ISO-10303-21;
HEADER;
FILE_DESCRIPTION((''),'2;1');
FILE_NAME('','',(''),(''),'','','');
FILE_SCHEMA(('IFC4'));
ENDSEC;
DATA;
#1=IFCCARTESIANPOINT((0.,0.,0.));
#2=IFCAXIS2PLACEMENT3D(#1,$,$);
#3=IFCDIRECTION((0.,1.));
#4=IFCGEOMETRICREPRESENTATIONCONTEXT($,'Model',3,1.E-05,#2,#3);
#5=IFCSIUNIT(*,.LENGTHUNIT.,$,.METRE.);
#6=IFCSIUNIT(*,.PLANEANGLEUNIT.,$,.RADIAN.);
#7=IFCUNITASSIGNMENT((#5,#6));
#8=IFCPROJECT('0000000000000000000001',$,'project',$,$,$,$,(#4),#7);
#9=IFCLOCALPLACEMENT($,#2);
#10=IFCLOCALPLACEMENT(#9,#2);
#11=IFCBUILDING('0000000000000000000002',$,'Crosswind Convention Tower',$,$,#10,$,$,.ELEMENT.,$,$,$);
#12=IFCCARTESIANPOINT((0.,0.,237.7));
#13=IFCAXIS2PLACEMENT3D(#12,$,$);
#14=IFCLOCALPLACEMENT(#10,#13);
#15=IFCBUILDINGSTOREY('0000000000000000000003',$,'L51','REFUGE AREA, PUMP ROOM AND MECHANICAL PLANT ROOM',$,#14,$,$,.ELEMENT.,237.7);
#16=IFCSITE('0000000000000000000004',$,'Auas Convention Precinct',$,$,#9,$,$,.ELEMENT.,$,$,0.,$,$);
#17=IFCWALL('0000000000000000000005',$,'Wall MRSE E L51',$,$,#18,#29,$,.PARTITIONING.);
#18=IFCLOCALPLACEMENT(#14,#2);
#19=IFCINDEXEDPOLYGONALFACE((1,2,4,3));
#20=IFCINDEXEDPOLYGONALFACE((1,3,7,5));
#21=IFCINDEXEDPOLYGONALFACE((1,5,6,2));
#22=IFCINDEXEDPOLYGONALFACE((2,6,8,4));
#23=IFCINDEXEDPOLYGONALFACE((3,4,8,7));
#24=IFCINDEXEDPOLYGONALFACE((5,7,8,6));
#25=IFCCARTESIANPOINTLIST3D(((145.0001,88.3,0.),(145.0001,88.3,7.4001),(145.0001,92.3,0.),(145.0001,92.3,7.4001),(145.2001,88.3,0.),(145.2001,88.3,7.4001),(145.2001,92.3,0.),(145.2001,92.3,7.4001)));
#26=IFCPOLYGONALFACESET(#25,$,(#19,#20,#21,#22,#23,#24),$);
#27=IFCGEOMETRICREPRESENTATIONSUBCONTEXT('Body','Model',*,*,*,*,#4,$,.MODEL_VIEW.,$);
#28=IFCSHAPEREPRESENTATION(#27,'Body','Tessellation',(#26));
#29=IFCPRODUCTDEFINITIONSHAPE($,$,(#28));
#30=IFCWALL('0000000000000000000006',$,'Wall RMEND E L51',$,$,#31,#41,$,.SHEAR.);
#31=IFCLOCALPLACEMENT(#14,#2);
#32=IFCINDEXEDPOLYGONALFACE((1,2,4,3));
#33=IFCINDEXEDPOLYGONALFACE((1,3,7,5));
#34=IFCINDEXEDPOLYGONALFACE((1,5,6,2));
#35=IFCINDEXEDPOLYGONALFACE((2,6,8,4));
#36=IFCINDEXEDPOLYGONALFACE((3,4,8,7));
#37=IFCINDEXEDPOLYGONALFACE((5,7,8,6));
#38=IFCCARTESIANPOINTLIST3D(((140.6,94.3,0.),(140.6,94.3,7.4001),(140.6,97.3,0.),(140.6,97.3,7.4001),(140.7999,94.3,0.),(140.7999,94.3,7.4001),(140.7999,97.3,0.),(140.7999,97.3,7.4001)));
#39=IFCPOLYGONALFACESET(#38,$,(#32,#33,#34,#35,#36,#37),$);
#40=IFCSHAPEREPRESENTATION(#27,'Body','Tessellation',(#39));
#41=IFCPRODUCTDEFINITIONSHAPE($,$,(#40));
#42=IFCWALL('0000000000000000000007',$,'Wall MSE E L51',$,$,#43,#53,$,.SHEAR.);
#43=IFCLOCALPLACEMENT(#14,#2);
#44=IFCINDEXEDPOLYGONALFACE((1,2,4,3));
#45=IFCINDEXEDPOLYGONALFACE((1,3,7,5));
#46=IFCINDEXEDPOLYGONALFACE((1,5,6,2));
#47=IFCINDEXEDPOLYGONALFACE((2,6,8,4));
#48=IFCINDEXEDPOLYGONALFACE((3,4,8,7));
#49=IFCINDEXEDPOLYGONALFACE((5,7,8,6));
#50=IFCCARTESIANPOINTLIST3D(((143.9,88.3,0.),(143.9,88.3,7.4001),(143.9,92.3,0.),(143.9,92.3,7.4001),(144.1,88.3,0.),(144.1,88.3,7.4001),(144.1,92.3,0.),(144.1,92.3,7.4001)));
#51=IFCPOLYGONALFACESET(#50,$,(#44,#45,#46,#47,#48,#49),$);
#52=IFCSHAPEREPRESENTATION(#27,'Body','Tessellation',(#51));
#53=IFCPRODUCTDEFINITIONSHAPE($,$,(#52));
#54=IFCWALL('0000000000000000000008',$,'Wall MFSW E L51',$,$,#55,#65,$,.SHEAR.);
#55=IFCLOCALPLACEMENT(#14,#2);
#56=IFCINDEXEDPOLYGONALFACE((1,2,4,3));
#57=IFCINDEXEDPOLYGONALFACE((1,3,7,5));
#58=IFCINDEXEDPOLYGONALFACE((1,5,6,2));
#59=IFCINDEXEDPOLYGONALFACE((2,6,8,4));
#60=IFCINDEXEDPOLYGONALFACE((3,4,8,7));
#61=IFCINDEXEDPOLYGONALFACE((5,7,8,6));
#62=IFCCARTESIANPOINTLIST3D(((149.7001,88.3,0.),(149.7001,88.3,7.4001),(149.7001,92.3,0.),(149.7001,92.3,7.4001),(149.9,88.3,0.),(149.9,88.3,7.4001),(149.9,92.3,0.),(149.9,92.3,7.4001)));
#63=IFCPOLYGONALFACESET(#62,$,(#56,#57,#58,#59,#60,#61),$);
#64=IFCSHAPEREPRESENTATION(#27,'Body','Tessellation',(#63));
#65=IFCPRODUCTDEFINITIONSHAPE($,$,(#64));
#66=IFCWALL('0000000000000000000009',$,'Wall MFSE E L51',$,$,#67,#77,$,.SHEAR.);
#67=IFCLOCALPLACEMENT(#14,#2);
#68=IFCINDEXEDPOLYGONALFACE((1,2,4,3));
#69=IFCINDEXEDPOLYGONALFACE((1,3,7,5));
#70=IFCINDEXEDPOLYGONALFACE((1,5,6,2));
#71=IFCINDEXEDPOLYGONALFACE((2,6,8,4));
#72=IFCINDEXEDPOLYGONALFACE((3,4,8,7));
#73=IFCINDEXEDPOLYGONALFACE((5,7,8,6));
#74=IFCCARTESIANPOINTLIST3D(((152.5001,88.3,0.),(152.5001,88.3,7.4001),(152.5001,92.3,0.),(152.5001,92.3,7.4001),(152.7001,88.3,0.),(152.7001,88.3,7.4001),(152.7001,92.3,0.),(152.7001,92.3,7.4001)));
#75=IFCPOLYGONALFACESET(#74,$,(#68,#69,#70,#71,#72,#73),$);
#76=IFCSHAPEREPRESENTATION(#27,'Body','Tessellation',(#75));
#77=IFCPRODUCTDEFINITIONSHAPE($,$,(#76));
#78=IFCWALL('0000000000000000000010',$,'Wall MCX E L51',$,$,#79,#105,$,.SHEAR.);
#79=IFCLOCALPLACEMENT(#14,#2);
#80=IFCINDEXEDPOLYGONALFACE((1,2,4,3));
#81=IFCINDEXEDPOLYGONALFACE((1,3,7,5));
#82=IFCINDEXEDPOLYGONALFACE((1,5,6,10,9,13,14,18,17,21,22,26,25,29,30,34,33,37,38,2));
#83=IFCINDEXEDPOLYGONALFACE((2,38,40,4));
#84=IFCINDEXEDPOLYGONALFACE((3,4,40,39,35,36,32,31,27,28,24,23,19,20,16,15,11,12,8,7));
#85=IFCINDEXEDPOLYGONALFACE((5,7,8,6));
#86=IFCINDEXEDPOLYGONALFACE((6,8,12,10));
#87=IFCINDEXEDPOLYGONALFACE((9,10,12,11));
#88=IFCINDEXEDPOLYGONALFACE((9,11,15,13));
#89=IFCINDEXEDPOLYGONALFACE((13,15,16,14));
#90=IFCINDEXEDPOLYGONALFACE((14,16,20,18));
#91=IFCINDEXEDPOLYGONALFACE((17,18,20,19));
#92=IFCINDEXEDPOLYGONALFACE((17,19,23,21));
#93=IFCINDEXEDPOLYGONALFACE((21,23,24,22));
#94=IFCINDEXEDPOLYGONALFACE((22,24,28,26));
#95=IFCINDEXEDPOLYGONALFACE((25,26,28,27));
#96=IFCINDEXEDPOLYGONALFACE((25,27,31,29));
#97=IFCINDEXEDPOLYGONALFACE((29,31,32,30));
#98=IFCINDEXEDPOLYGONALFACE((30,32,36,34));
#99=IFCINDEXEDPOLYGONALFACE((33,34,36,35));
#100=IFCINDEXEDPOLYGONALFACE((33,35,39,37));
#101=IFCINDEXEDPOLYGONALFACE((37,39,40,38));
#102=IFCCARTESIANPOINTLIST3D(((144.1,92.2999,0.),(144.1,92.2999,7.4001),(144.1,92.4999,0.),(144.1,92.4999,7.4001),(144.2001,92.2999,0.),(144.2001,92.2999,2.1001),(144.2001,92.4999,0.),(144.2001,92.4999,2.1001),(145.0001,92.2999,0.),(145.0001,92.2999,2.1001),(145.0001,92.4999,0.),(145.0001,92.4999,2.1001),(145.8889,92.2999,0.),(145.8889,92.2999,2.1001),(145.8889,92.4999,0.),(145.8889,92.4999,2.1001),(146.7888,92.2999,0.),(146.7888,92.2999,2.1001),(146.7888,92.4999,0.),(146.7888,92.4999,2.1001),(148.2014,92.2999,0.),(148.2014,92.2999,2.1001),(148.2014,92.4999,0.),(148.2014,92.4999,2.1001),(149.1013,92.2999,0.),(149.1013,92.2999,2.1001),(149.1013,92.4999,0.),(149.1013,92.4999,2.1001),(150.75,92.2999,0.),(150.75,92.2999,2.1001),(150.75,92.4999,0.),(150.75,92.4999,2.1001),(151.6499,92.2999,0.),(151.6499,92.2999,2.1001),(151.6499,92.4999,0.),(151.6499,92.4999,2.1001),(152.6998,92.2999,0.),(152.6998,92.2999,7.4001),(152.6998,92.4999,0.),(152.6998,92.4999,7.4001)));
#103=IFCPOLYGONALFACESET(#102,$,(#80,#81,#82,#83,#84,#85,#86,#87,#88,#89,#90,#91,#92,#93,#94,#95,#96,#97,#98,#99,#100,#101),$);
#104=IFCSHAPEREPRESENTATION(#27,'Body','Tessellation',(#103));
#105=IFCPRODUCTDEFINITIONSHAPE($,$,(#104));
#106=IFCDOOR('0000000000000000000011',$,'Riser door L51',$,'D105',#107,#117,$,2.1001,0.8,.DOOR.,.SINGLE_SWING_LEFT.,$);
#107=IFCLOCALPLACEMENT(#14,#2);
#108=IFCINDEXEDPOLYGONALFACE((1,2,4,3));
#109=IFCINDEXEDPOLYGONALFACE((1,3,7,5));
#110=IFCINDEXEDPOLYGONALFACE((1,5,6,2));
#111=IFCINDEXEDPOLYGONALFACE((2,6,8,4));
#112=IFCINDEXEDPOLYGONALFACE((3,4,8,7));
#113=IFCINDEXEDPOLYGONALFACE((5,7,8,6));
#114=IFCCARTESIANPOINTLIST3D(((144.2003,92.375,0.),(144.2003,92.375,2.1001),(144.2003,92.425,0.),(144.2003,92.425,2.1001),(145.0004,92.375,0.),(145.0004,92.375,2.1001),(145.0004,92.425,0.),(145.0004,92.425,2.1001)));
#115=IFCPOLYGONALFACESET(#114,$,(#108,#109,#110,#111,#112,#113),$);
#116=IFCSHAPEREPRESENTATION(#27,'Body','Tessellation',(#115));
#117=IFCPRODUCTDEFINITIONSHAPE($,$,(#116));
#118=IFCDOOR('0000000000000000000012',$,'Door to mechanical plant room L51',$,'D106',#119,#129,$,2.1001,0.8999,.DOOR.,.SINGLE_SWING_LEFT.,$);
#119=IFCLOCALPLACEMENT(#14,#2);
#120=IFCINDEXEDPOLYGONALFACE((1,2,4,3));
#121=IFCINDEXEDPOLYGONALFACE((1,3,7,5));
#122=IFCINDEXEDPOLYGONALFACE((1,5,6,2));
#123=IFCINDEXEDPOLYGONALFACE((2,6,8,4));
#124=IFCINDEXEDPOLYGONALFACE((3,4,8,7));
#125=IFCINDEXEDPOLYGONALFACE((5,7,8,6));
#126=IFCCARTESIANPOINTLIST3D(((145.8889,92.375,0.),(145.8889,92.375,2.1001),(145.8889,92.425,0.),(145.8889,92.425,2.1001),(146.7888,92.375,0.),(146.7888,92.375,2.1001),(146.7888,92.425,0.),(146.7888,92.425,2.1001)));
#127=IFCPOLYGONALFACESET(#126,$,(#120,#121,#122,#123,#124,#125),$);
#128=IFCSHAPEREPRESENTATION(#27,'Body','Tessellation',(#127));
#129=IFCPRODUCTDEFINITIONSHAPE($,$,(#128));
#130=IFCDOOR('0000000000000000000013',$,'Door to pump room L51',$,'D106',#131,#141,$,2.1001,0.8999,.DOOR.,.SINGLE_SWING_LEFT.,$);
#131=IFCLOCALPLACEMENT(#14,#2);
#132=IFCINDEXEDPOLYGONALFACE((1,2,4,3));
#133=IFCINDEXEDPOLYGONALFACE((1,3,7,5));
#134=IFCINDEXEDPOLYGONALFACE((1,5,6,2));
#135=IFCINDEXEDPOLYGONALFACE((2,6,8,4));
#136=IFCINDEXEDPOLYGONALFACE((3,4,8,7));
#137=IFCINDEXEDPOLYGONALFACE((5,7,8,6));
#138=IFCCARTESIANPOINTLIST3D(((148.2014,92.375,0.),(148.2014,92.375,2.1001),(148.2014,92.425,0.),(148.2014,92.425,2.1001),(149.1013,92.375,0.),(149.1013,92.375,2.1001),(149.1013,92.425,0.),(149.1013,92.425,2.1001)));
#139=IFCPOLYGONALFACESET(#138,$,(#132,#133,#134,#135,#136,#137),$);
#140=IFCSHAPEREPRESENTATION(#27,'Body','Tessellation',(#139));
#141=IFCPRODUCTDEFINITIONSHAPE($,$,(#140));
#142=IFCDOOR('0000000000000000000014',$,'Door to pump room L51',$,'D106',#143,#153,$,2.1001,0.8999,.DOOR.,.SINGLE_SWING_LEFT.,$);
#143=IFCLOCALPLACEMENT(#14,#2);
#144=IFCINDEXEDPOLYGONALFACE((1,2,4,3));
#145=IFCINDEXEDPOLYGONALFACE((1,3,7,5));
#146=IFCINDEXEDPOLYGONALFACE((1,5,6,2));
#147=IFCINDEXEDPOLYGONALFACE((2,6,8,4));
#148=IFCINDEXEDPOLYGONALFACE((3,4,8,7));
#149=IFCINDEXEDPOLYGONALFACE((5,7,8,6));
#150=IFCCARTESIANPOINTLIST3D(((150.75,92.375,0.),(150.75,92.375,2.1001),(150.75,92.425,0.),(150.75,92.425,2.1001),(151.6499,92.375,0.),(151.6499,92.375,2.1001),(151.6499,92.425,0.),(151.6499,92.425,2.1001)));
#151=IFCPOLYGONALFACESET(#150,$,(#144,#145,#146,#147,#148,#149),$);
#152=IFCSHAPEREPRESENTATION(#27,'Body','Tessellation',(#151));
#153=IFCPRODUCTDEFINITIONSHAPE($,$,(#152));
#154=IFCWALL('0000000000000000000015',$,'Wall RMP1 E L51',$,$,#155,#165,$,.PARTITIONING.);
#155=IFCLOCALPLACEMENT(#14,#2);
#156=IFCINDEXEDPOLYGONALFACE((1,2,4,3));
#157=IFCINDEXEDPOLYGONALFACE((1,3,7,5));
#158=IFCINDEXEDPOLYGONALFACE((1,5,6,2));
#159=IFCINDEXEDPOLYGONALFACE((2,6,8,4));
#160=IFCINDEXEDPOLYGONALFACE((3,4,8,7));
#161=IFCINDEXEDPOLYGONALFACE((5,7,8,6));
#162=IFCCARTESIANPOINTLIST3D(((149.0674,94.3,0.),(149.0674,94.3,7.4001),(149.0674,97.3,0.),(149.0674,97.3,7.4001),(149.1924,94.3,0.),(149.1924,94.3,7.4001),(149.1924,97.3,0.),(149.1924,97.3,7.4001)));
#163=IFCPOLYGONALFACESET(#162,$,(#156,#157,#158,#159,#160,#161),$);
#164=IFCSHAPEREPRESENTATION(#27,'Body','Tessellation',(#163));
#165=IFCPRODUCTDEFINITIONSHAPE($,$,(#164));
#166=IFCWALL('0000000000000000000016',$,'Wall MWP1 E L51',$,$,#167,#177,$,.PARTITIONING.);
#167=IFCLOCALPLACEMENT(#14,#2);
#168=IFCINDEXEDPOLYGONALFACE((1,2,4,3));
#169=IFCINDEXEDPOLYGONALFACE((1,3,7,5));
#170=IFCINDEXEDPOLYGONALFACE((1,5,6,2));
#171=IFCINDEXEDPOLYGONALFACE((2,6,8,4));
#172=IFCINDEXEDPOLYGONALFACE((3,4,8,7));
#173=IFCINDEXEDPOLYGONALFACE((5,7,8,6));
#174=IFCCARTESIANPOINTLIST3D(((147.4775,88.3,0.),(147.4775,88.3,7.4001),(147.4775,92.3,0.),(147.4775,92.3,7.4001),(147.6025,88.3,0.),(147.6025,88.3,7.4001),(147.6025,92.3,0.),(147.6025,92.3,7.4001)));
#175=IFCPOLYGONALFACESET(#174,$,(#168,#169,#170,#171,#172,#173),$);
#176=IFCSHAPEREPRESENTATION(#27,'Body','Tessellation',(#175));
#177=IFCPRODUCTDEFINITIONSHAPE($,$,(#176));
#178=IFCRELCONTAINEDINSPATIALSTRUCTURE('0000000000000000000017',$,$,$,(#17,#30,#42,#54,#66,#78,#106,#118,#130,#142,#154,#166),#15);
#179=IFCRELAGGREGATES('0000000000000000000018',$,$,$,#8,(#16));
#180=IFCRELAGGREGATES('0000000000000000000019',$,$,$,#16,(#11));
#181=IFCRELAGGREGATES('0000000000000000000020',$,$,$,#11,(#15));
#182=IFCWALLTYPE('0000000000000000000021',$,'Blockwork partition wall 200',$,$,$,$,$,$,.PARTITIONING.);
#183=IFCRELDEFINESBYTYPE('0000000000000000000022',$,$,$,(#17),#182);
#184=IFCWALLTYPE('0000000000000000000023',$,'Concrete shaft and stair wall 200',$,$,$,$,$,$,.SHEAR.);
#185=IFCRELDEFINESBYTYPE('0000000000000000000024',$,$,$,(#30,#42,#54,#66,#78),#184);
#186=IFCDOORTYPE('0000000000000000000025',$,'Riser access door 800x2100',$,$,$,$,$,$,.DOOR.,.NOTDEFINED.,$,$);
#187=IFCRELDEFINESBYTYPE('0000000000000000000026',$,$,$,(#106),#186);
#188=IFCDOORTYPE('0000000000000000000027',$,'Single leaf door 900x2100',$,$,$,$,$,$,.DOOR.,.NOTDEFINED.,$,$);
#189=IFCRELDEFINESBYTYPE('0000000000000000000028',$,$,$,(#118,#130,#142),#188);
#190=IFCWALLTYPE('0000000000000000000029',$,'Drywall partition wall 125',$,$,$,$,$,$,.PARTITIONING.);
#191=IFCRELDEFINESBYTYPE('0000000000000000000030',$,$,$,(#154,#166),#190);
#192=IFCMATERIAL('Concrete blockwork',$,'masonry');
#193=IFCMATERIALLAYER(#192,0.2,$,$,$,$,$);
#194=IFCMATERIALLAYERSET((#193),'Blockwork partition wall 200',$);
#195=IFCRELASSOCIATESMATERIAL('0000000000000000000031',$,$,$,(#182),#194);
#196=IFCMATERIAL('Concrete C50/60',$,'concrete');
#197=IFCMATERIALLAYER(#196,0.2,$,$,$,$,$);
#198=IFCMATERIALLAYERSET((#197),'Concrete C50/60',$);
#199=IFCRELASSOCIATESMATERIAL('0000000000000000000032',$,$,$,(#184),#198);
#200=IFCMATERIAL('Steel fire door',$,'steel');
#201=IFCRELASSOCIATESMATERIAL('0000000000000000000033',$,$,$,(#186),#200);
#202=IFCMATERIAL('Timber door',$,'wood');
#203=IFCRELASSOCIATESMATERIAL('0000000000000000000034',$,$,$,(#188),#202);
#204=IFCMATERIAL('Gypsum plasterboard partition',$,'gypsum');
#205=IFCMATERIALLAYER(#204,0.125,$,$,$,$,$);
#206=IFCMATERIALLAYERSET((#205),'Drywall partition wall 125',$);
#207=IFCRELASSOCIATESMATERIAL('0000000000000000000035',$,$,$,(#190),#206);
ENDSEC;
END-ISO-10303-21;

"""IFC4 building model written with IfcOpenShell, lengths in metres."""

from ifc_helpers import new_model, si_unit, direction, frame, frame_2d, origin, place, context, subcontext, project, spatial, rectangle, extrude, material, layer, layer_set, type_object, element, fill, save


model = new_model("IFC4")

# Units and contexts
model_context = context("Model", 3, precision=1e-05, world=origin(), true_north=direction((0.0, 1.0)))
body_context = subcontext(model_context, "Body", "Model", "MODEL_VIEW")
ifc_project = project(units=[si_unit("LENGTHUNIT", "METRE"), si_unit("PLANEANGLEUNIT", "RADIAN")], contexts=[model_context])

# Site, building, storey
site_placement = place(None, origin())
site = spatial("IfcSite", under=ifc_project, at=site_placement, Name="Auas Convention Precinct", CompositionType="ELEMENT", RefElevation=0.0)
building_placement = place(site_placement, origin())
building = spatial("IfcBuilding", under=site, at=building_placement, Name="Crosswind Convention Tower", CompositionType="ELEMENT")
storey_placement = place(building_placement, frame((0.0, 0.0, 237.7)))
storey = spatial("IfcBuildingStorey", under=building, at=storey_placement, Name="L51", Description="REFUGE AREA, PUMP ROOM AND MECHANICAL PLANT ROOM", CompositionType="ELEMENT", Elevation=237.7)

# Walls
ifc_material_1 = material(Name="Concrete blockwork", Category="masonry")
ifc_layer_1 = layer(ifc_material_1, 0.2)
ifc_layer_set_1 = layer_set([ifc_layer_1], Name="Blockwork partition wall 200")
wall_type_1 = type_object("IfcWallType", Name="Blockwork partition wall 200", PredefinedType="PARTITIONING", material=ifc_layer_set_1)
wall_1_placement = place(storey_placement, frame((145.1001, 88.3, 0.0), z_axis=(0.0, 0.0, 1.0), x_axis=(0.0, 1.0, 0.0)))
element("IfcWall", 1, at=wall_1_placement, inside=storey, type_object=wall_type_1, Name="Wall MRSE E L51", PredefinedType="PARTITIONING", context=body_context, shape_type="SweptSolid", body=[
    extrude(rectangle(XDim=4.0, YDim=0.2, at=frame_2d((2.0, 0.0))), origin(), (0.0, 0.0, 1.0), 7.4001),
])
ifc_material_2 = material(Name="Concrete C50/60", Category="concrete")
ifc_layer_2 = layer(ifc_material_2, 0.2)
ifc_layer_set_2 = layer_set([ifc_layer_2], Name="Concrete C50/60")
wall_type_2 = type_object("IfcWallType", Name="Concrete shaft and stair wall 200", PredefinedType="SHEAR", material=ifc_layer_set_2)
wall_2_placement = place(storey_placement, frame((140.7, 94.3, 0.0), z_axis=(0.0, 0.0, 1.0), x_axis=(0.0, 1.0, 0.0)))
element("IfcWall", 2, at=wall_2_placement, inside=storey, type_object=wall_type_2, Name="Wall RMEND E L51", PredefinedType="SHEAR", context=body_context, shape_type="SweptSolid", body=[
    extrude(rectangle(XDim=3.0, YDim=0.2, at=frame_2d((1.5, 0.0))), origin(), (0.0, 0.0, 1.0), 7.4001),
])
for number, where, z_axis, x_axis, name in (
    (3, (144.0, 88.3, 0.0), (0.0, 0.0, 1.0), (0.0, 1.0, 0.0), "Wall MSE E L51"),
    (4, (149.8, 88.3, 0.0), (0.0, 0.0, 1.0), (0.0, 1.0, 0.0), "Wall MFSW E L51"),
    (5, (152.6001, 88.3, 0.0), (0.0, 0.0, 1.0), (0.0, 1.0, 0.0), "Wall MFSE E L51"),
):
    element("IfcWall", number, at=place(storey_placement, frame(where, z_axis=z_axis, x_axis=x_axis)), inside=storey, type_object=wall_type_2, Name=name, PredefinedType="SHEAR", context=body_context, shape_type="SweptSolid", body=[
        extrude(rectangle(XDim=4.0, YDim=0.2, at=frame_2d((2.0, 0.0))), origin(), (0.0, 0.0, 1.0), 7.4001),
    ])

# Wall, openings, doors
wall_3_placement = place(storey_placement, frame((144.1001, 92.3999, 0.0), z_axis=(0.0, 0.0, 1.0), x_axis=(1.0, 0.0, 0.0)))
wall_3 = element("IfcWall", 6, at=wall_3_placement, inside=storey, type_object=wall_type_2, Name="Wall MCX E L51", PredefinedType="SHEAR", context=body_context, shape_type="SweptSolid", body=[
    extrude(rectangle(XDim=8.5999, YDim=0.2, at=frame_2d((4.2998, 0.0))), origin(), (0.0, 0.0, 1.0), 7.4001),
])
opening_1_placement = place(wall_3_placement, frame((0.1001, 0.0, 0.0)))
opening_1 = element("IfcOpeningElement", 7, at=opening_1_placement, cuts=wall_3, PredefinedType="OPENING", context=body_context, shape_type="SweptSolid", body=[
    extrude(rectangle(XDim=0.8, YDim=2.1001, at=frame_2d((0.3999, 1.05))), frame((0.0, 0.1099, 0.0), z_axis=(0.0, -1.0, 0.0), x_axis=(1.0, 0.0, 0.0)), (0.0, 0.0, 1.0), 0.22),
])
opening_2_placement = place(wall_3_placement, frame((1.7888, 0.0, 0.0)))
opening_2 = element("IfcOpeningElement", 8, at=opening_2_placement, cuts=wall_3, PredefinedType="OPENING", context=body_context, shape_type="SweptSolid", body=[
    extrude(rectangle(XDim=0.8999, YDim=2.1001, at=frame_2d((0.45, 1.05))), frame((0.0, 0.1099, 0.0), z_axis=(0.0, -1.0, 0.0), x_axis=(1.0, 0.0, 0.0)), (0.0, 0.0, 1.0), 0.22),
])
opening_3_placement = place(wall_3_placement, frame((4.1013, 0.0, 0.0)))
opening_3 = element("IfcOpeningElement", 9, at=opening_3_placement, cuts=wall_3, PredefinedType="OPENING", context=body_context, shape_type="SweptSolid", body=[
    extrude(rectangle(XDim=0.8999, YDim=2.1001, at=frame_2d((0.45, 1.05))), frame((0.0, 0.1099, 0.0), z_axis=(0.0, -1.0, 0.0), x_axis=(1.0, 0.0, 0.0)), (0.0, 0.0, 1.0), 0.22),
])
opening_4_placement = place(wall_3_placement, frame((6.6499, 0.0, 0.0)))
opening_4 = element("IfcOpeningElement", 10, at=opening_4_placement, cuts=wall_3, PredefinedType="OPENING", context=body_context, shape_type="SweptSolid", body=[
    extrude(rectangle(XDim=0.8999, YDim=2.1001, at=frame_2d((0.45, 1.05))), frame((0.0, 0.1099, 0.0), z_axis=(0.0, -1.0, 0.0), x_axis=(1.0, 0.0, 0.0)), (0.0, 0.0, 1.0), 0.22),
])
ifc_material_3 = material(Name="Steel fire door", Category="steel")
door_type_1 = type_object("IfcDoorType", Name="Riser access door 800x2100", OperationType="NOTDEFINED", PredefinedType="DOOR", material=ifc_material_3)
door_1_placement = place(opening_1_placement, frame((0.8, 0.0, 0.0), z_axis=(0.0, 0.0, 1.0), x_axis=(-1.0, 0.0, 0.0)))
door_1 = element("IfcDoor", 11, at=door_1_placement, inside=storey, type_object=door_type_1, Name="Riser door L51", ObjectType="D105", OperationType="SINGLE_SWING_LEFT", OverallHeight=2.1001, OverallWidth=0.8, PredefinedType="DOOR", context=body_context, shape_type="SweptSolid", body=[
    extrude(rectangle(XDim=0.8, YDim=2.1001, at=frame_2d((0.3999, 1.05))), frame((0.0, 0.0249, 0.0), z_axis=(0.0, -1.0, 0.0), x_axis=(1.0, 0.0, 0.0)), (0.0, 0.0, 1.0), 0.05),
])
fill(opening_1, door_1)
ifc_material_4 = material(Name="Timber door", Category="wood")
door_type_2 = type_object("IfcDoorType", Name="Single leaf door 900x2100", OperationType="NOTDEFINED", PredefinedType="DOOR", material=ifc_material_4)
door_2_placement = place(opening_2_placement, frame((0.8999, 0.0, 0.0), z_axis=(0.0, 0.0, 1.0), x_axis=(-1.0, 0.0, 0.0)))
door_2 = element("IfcDoor", 12, at=door_2_placement, inside=storey, type_object=door_type_2, Name="Door to mechanical plant room L51", ObjectType="D106", OperationType="SINGLE_SWING_LEFT", OverallHeight=2.1001, OverallWidth=0.8999, PredefinedType="DOOR", context=body_context, shape_type="SweptSolid", body=[
    extrude(rectangle(XDim=0.8999, YDim=2.1001, at=frame_2d((0.45, 1.05))), frame((0.0, 0.0249, 0.0), z_axis=(0.0, -1.0, 0.0), x_axis=(1.0, 0.0, 0.0)), (0.0, 0.0, 1.0), 0.05),
])
fill(opening_2, door_2)
door_3_placement = place(opening_3_placement, frame((0.8999, 0.0, 0.0), z_axis=(0.0, 0.0, 1.0), x_axis=(-1.0, 0.0, 0.0)))
door_3 = element("IfcDoor", 13, at=door_3_placement, inside=storey, type_object=door_type_2, Name="Door to pump room L51", ObjectType="D106", OperationType="SINGLE_SWING_LEFT", OverallHeight=2.1001, OverallWidth=0.8999, PredefinedType="DOOR", context=body_context, shape_type="SweptSolid", body=[
    extrude(rectangle(XDim=0.8999, YDim=2.1001, at=frame_2d((0.45, 1.05))), frame((0.0, 0.0249, 0.0), z_axis=(0.0, -1.0, 0.0), x_axis=(1.0, 0.0, 0.0)), (0.0, 0.0, 1.0), 0.05),
])
fill(opening_3, door_3)
door_4_placement = place(opening_4_placement, frame((0.8999, 0.0, 0.0), z_axis=(0.0, 0.0, 1.0), x_axis=(-1.0, 0.0, 0.0)))
door_4 = element("IfcDoor", 14, at=door_4_placement, inside=storey, type_object=door_type_2, Name="Door to pump room L51", ObjectType="D106", OperationType="SINGLE_SWING_LEFT", OverallHeight=2.1001, OverallWidth=0.8999, PredefinedType="DOOR", context=body_context, shape_type="SweptSolid", body=[
    extrude(rectangle(XDim=0.8999, YDim=2.1001, at=frame_2d((0.45, 1.05))), frame((0.0, 0.0249, 0.0), z_axis=(0.0, -1.0, 0.0), x_axis=(1.0, 0.0, 0.0)), (0.0, 0.0, 1.0), 0.05),
])
fill(opening_4, door_4)

# Walls
ifc_material_5 = material(Name="Gypsum plasterboard partition", Category="gypsum")
ifc_layer_3 = layer(ifc_material_5, 0.125)
ifc_layer_set_3 = layer_set([ifc_layer_3], Name="Drywall partition wall 125")
wall_type_3 = type_object("IfcWallType", Name="Drywall partition wall 125", PredefinedType="PARTITIONING", material=ifc_layer_set_3)
wall_4_placement = place(storey_placement, frame((149.1299, 94.3, 0.0), z_axis=(0.0, 0.0, 1.0), x_axis=(0.0, 1.0, 0.0)))
element("IfcWall", 15, at=wall_4_placement, inside=storey, type_object=wall_type_3, Name="Wall RMP1 E L51", PredefinedType="PARTITIONING", context=body_context, shape_type="SweptSolid", body=[
    extrude(rectangle(XDim=3.0, YDim=0.125, at=frame_2d((1.5, 0.0))), origin(), (0.0, 0.0, 1.0), 7.4001),
])
wall_5_placement = place(storey_placement, frame((147.54, 88.3, 0.0), z_axis=(0.0, 0.0, 1.0), x_axis=(0.0, 1.0, 0.0)))
element("IfcWall", 16, at=wall_5_placement, inside=storey, type_object=wall_type_3, Name="Wall MWP1 E L51", PredefinedType="PARTITIONING", context=body_context, shape_type="SweptSolid", body=[
    extrude(rectangle(XDim=4.0, YDim=0.125, at=frame_2d((2.0, 0.0))), origin(), (0.0, 0.0, 1.0), 7.4001),
])

save(model, "model.ifc")
